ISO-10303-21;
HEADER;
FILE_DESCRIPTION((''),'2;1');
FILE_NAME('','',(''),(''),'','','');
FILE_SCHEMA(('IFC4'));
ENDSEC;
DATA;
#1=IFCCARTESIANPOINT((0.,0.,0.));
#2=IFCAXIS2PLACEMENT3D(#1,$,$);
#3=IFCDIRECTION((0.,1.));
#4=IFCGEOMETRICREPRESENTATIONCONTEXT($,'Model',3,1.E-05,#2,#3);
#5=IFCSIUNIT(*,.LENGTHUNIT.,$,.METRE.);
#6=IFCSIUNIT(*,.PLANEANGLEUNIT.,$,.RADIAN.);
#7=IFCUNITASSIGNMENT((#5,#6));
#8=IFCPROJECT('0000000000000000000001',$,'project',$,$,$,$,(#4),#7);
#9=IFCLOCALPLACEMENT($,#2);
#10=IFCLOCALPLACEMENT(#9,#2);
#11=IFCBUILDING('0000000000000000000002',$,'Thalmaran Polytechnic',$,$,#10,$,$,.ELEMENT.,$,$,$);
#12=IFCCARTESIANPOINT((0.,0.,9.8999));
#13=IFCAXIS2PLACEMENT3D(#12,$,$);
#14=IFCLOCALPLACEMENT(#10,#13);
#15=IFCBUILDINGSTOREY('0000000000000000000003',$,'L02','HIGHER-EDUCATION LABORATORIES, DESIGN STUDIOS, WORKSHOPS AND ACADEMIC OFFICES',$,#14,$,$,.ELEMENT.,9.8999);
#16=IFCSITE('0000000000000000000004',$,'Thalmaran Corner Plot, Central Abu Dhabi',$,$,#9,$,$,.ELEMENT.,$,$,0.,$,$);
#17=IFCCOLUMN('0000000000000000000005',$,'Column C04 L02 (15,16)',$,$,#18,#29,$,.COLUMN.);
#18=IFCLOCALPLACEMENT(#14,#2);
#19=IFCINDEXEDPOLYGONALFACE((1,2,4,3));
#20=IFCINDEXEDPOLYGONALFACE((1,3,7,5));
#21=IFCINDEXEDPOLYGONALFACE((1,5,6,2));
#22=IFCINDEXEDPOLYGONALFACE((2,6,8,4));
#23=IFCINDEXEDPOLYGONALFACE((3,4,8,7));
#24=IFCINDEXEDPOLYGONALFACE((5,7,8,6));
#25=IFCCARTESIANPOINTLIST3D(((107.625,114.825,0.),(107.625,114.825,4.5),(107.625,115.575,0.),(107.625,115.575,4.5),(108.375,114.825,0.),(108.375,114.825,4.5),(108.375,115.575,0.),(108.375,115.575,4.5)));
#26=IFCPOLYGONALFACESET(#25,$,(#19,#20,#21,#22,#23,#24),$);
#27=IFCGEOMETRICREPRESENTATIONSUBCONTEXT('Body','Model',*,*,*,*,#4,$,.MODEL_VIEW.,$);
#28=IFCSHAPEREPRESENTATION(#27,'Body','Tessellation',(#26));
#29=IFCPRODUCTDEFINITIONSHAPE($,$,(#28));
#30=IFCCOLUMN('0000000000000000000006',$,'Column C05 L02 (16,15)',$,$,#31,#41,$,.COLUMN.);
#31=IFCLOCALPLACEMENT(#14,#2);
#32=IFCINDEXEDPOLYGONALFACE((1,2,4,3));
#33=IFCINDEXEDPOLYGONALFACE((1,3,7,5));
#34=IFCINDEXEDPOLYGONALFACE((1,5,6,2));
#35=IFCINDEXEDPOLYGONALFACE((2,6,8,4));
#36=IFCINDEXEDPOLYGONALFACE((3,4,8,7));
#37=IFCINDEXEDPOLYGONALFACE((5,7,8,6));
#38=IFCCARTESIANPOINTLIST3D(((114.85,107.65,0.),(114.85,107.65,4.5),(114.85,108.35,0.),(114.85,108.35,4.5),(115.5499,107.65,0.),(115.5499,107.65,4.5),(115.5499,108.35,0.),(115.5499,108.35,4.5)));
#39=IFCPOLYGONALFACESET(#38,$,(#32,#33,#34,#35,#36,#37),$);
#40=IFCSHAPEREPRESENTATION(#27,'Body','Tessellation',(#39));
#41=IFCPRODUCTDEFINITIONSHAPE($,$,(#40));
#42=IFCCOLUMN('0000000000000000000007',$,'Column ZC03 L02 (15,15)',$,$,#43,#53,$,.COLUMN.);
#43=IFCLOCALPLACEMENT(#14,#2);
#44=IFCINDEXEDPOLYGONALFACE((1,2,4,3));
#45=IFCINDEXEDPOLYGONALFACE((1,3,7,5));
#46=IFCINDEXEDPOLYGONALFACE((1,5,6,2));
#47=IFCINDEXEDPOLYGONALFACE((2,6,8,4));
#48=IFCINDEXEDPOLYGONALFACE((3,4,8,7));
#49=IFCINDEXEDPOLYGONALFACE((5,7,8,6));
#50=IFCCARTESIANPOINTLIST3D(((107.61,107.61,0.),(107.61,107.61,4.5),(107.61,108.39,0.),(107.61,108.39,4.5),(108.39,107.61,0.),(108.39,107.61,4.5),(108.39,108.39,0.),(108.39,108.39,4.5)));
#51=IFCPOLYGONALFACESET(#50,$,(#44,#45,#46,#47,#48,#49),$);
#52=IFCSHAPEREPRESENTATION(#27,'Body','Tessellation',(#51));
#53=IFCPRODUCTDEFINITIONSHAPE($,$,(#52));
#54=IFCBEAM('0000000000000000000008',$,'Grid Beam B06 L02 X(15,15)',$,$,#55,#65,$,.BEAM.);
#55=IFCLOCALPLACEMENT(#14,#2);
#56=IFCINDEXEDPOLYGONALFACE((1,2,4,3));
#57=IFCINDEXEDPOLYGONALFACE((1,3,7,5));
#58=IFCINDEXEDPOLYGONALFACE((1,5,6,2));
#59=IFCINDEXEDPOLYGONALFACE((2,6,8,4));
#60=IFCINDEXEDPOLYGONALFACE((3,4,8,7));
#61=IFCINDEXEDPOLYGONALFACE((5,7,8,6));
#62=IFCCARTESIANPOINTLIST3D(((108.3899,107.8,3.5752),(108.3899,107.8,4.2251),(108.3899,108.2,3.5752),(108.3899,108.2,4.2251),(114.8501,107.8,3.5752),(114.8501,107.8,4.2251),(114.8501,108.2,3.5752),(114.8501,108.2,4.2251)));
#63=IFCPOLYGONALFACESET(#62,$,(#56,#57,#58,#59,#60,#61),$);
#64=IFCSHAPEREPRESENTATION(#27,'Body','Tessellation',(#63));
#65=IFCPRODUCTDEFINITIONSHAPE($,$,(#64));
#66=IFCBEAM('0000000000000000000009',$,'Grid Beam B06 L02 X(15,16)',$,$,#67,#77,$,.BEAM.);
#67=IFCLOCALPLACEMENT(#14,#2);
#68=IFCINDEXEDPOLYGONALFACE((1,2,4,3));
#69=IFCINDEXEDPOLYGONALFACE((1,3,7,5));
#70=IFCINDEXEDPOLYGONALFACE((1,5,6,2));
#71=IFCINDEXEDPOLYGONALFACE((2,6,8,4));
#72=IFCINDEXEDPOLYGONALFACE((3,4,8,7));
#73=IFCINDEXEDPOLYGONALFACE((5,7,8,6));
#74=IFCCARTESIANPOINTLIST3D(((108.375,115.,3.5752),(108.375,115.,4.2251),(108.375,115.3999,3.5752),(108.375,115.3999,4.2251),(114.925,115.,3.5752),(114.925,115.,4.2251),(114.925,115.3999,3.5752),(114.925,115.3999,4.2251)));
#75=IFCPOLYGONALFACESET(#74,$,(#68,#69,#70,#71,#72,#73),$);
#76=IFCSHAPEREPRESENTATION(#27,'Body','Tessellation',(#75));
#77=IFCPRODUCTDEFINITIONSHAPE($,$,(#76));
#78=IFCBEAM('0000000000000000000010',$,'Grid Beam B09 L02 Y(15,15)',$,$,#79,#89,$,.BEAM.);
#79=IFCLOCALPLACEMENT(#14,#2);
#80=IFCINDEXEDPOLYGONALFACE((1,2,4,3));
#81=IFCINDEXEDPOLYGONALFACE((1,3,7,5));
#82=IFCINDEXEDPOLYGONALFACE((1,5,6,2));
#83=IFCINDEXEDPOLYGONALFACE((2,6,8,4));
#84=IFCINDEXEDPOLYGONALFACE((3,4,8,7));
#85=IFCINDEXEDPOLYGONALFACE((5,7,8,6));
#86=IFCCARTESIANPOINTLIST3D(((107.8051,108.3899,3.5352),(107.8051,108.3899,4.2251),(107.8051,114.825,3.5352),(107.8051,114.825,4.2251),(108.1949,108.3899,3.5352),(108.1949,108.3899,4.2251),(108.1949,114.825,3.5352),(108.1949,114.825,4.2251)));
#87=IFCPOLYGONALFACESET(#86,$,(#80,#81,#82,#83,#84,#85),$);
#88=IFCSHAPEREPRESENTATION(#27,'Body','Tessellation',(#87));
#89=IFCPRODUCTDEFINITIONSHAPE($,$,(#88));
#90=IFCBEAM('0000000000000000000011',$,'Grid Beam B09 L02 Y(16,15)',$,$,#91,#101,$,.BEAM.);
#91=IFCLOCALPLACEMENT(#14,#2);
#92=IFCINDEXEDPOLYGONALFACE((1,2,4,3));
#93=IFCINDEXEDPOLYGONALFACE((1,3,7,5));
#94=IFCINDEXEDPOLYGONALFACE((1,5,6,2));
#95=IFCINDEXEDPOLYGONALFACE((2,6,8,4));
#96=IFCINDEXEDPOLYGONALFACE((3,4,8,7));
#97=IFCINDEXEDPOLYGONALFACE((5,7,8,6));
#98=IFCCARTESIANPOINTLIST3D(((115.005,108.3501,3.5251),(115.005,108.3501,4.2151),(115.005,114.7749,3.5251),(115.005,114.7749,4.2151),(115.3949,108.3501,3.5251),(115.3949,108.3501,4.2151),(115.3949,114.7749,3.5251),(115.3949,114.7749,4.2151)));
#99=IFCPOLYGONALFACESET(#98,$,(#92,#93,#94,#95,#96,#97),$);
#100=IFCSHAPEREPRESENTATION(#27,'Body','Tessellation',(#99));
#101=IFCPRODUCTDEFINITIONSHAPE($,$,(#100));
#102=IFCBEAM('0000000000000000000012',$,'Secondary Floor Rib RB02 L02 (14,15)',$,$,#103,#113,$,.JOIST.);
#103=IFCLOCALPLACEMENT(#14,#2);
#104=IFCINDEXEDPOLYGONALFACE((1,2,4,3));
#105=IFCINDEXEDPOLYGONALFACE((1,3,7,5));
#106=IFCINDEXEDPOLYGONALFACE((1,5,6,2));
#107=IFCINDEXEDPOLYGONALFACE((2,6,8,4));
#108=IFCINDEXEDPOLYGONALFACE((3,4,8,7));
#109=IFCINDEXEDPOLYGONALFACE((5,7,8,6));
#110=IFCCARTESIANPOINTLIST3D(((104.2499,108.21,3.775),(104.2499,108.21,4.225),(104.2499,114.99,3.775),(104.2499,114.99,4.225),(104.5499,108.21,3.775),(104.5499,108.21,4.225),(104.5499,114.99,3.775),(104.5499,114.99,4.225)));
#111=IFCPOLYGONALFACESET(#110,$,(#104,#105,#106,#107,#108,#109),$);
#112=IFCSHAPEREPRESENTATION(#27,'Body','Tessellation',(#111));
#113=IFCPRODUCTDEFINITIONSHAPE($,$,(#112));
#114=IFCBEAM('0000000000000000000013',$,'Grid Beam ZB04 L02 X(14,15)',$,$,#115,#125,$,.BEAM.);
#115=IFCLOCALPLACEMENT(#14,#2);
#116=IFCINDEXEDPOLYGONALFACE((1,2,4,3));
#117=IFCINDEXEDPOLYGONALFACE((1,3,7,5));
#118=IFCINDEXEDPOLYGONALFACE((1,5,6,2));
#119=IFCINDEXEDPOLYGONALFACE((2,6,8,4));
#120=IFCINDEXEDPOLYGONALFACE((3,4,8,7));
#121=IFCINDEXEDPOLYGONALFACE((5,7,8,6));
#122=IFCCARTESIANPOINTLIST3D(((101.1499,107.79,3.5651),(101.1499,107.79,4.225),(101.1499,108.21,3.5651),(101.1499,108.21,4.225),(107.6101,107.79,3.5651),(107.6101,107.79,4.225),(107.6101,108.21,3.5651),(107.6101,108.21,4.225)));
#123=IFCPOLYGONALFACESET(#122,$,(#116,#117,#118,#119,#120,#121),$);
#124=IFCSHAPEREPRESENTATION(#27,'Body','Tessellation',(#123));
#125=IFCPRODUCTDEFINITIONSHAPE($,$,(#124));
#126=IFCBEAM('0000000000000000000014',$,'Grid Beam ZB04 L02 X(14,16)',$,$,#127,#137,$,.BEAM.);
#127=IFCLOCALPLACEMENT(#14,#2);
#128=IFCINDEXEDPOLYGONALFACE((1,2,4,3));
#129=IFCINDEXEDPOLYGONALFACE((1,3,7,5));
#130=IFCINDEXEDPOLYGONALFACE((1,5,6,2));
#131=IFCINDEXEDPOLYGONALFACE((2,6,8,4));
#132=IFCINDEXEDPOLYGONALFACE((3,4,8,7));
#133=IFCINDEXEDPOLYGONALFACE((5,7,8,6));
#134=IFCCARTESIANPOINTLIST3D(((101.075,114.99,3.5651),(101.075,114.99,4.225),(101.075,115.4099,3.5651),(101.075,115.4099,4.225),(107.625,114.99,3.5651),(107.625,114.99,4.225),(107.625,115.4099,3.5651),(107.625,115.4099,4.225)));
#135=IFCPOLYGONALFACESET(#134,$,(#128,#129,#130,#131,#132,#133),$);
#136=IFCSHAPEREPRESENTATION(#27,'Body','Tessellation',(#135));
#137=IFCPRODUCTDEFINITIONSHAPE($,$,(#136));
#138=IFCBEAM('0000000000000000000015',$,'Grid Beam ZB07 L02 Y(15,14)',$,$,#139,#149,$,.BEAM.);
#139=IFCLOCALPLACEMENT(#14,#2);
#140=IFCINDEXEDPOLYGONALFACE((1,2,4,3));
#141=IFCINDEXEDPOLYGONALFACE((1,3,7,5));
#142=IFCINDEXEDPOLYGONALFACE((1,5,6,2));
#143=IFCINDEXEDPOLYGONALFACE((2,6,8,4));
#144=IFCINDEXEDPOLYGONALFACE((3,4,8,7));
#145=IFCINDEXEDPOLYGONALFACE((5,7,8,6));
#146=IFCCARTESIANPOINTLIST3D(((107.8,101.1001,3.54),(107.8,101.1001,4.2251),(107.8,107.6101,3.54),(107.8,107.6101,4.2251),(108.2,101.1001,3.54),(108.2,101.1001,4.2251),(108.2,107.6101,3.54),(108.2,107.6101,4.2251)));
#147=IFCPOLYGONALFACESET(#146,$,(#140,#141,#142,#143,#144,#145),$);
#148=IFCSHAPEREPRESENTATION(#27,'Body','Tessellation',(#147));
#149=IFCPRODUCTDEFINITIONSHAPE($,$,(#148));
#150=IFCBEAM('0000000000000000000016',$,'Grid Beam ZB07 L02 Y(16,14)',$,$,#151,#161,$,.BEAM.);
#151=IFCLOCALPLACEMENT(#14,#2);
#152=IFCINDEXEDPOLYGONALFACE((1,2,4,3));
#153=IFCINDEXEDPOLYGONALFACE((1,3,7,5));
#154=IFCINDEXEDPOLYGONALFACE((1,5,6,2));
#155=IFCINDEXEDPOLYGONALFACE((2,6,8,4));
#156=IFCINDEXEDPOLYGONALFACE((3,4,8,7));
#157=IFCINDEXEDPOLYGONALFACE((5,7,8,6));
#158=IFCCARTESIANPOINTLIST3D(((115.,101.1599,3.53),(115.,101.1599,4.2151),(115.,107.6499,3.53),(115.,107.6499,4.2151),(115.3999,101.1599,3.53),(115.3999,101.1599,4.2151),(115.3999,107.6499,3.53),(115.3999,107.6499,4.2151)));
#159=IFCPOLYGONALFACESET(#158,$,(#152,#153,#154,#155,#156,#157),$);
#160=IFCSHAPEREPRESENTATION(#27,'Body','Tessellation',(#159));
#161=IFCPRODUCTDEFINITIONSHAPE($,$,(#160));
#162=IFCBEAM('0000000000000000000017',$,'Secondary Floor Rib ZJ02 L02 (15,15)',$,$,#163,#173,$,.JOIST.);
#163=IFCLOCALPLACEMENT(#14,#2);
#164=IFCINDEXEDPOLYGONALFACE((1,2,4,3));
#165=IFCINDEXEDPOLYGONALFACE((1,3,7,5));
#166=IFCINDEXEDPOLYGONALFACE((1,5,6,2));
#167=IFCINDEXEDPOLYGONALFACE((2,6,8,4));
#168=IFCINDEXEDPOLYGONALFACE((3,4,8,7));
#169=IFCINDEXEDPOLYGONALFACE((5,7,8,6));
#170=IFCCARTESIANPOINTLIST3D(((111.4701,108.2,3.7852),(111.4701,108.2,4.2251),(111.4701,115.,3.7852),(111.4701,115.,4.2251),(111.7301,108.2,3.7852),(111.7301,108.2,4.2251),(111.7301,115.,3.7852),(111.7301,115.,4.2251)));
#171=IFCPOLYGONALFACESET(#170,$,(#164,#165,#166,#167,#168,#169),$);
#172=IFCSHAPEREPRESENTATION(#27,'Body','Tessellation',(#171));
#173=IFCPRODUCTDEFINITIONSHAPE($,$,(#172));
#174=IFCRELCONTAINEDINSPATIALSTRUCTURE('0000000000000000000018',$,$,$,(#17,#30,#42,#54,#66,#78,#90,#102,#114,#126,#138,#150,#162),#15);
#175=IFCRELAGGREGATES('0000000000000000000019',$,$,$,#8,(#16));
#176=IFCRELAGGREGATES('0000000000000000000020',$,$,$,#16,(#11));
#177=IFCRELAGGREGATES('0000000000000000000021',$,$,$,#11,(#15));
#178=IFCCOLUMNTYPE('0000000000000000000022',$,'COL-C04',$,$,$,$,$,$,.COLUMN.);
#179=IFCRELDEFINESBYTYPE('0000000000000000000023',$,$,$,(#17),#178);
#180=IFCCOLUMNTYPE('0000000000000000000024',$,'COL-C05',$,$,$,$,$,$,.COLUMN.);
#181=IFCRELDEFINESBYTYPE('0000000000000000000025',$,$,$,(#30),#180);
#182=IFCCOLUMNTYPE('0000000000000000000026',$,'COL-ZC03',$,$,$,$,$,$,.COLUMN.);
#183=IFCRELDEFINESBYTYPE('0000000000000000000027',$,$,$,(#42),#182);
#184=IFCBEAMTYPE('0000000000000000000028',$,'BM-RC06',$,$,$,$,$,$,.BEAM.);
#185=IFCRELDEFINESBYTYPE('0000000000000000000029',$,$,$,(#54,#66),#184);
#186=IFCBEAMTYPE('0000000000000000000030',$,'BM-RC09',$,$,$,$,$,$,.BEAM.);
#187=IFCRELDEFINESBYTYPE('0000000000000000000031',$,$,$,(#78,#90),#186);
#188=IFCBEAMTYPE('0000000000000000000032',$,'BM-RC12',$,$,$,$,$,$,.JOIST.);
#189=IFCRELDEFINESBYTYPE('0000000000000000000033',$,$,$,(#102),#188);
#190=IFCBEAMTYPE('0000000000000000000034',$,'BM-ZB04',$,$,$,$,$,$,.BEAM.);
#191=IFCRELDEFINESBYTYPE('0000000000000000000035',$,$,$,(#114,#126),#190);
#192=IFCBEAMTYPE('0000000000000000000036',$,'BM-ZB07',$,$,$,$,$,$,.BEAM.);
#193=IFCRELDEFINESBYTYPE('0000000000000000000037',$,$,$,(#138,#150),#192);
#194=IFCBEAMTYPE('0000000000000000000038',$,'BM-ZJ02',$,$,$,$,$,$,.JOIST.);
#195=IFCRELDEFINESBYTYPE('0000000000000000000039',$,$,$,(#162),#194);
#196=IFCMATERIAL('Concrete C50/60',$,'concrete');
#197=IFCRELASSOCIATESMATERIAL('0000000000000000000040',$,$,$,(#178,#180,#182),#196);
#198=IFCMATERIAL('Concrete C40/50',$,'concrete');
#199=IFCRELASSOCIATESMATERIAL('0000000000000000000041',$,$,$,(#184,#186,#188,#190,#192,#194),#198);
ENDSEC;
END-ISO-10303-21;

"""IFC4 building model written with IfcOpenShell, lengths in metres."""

from ifc_helpers import new_model, si_unit, direction, frame, origin, origin_2d, place, context, subcontext, project, spatial, rectangle, extrude, material, material_profile, profile_set, type_object, element, save


model = new_model("IFC4")

# Units and contexts
model_context = context("Model", 3, precision=1e-05, world=origin(), true_north=direction((0.0, 1.0)))
body_context = subcontext(model_context, "Body", "Model", "MODEL_VIEW")
ifc_project = project(units=[si_unit("LENGTHUNIT", "METRE"), si_unit("PLANEANGLEUNIT", "RADIAN")], contexts=[model_context])

# Site, building, storey
site_placement = place(None, origin())
site = spatial("IfcSite", under=ifc_project, at=site_placement, Name="Thalmaran Corner Plot, Central Abu Dhabi", CompositionType="ELEMENT", RefElevation=0.0)
building_placement = place(site_placement, origin())
building = spatial("IfcBuilding", under=site, at=building_placement, Name="Thalmaran Polytechnic", CompositionType="ELEMENT")
storey_placement = place(building_placement, frame((0.0, 0.0, 9.8999)))
storey = spatial("IfcBuildingStorey", under=building, at=storey_placement, Name="L02", Description="HIGHER-EDUCATION LABORATORIES, DESIGN STUDIOS, WORKSHOPS AND ACADEMIC OFFICES", CompositionType="ELEMENT", Elevation=9.8999)

# Columns
ifc_material_1 = material(Name="Concrete C50/60", Category="concrete")
ifc_material_profile_1 = material_profile(ifc_material_1, rectangle(XDim=0.75, YDim=0.75, at=origin_2d()), Name="RC 750x750")
ifc_profile_set_1 = profile_set([ifc_material_profile_1], Name="Concrete C50/60")
column_type_1 = type_object("IfcColumnType", Name="COL-C04", PredefinedType="COLUMN", material=ifc_profile_set_1)
column_1_placement = place(storey_placement, frame((108.0, 115.2, 0.0), z_axis=(0.0, 0.0, 1.0), x_axis=(1.0, 0.0, 0.0)))
element("IfcColumn", 1, at=column_1_placement, inside=storey, type_object=column_type_1, Name="Column C04 L02 (15,16)", PredefinedType="COLUMN", context=body_context, shape_type="SweptSolid", body=[
    extrude(rectangle(XDim=0.75, YDim=0.75, at=origin_2d()), origin(), (0.0, 0.0, 1.0), 4.5),
])
ifc_material_profile_2 = material_profile(ifc_material_1, rectangle(XDim=0.7, YDim=0.7, at=origin_2d()), Name="RC 700x700")
ifc_profile_set_2 = profile_set([ifc_material_profile_2], Name="Concrete C50/60")
column_type_2 = type_object("IfcColumnType", Name="COL-C05", PredefinedType="COLUMN", material=ifc_profile_set_2)
column_2_placement = place(storey_placement, frame((115.2, 108.0, 0.0), z_axis=(0.0, 0.0, 1.0), x_axis=(1.0, 0.0, 0.0)))
element("IfcColumn", 2, at=column_2_placement, inside=storey, type_object=column_type_2, Name="Column C05 L02 (16,15)", PredefinedType="COLUMN", context=body_context, shape_type="SweptSolid", body=[
    extrude(rectangle(XDim=0.7, YDim=0.7, at=origin_2d()), origin(), (0.0, 0.0, 1.0), 4.5),
])
ifc_material_profile_3 = material_profile(ifc_material_1, rectangle(XDim=0.78, YDim=0.78, at=origin_2d()), Name="RC 780x780")
ifc_profile_set_3 = profile_set([ifc_material_profile_3], Name="Concrete C50/60")
column_type_3 = type_object("IfcColumnType", Name="COL-ZC03", PredefinedType="COLUMN", material=ifc_profile_set_3)
column_3_placement = place(storey_placement, frame((108.0, 108.0, 0.0), z_axis=(0.0, 0.0, 1.0), x_axis=(1.0, 0.0, 0.0)))
element("IfcColumn", 3, at=column_3_placement, inside=storey, type_object=column_type_3, Name="Column ZC03 L02 (15,15)", PredefinedType="COLUMN", context=body_context, shape_type="SweptSolid", body=[
    extrude(rectangle(XDim=0.78, YDim=0.78, at=origin_2d()), origin(), (0.0, 0.0, 1.0), 4.5),
])

# Beams
ifc_material_2 = material(Name="Concrete C40/50", Category="concrete")
ifc_material_profile_4 = material_profile(ifc_material_2, rectangle(XDim=0.3999, YDim=0.6499, at=origin_2d()), Name="RC 400x650")
ifc_profile_set_4 = profile_set([ifc_material_profile_4], Name="Concrete C40/50")
beam_type_1 = type_object("IfcBeamType", Name="BM-RC06", PredefinedType="BEAM", material=ifc_profile_set_4)
beam_1_placement = place(storey_placement, frame((108.3899, 108.0, 3.9001), z_axis=(1.0, 0.0, 0.0), x_axis=(0.0, 1.0, 0.0)))
element("IfcBeam", 4, at=beam_1_placement, inside=storey, type_object=beam_type_1, Name="Grid Beam B06 L02 X(15,15)", PredefinedType="BEAM", context=body_context, shape_type="SweptSolid", body=[
    extrude(rectangle(XDim=0.3999, YDim=0.6499, at=origin_2d()), origin(), (0.0, 0.0, 1.0), 6.4602),
])
beam_2_placement = place(storey_placement, frame((108.375, 115.2, 3.9001), z_axis=(1.0, 0.0, 0.0), x_axis=(0.0, 1.0, 0.0)))
element("IfcBeam", 5, at=beam_2_placement, inside=storey, type_object=beam_type_1, Name="Grid Beam B06 L02 X(15,16)", PredefinedType="BEAM", context=body_context, shape_type="SweptSolid", body=[
    extrude(rectangle(XDim=0.3999, YDim=0.6499, at=origin_2d()), origin(), (0.0, 0.0, 1.0), 6.55),
])
ifc_material_profile_5 = material_profile(ifc_material_2, rectangle(XDim=0.3899, YDim=0.6899, at=origin_2d()), Name="RC 390x690")
ifc_profile_set_5 = profile_set([ifc_material_profile_5], Name="Concrete C40/50")
beam_type_2 = type_object("IfcBeamType", Name="BM-RC09", PredefinedType="BEAM", material=ifc_profile_set_5)
beam_3_placement = place(storey_placement, frame((108.0, 108.3899, 3.8801), z_axis=(0.0, 1.0, 0.0), x_axis=(-1.0, 0.0, 0.0)))
element("IfcBeam", 6, at=beam_3_placement, inside=storey, type_object=beam_type_2, Name="Grid Beam B09 L02 Y(15,15)", PredefinedType="BEAM", context=body_context, shape_type="SweptSolid", body=[
    extrude(rectangle(XDim=0.3899, YDim=0.6899, at=origin_2d()), origin(), (0.0, 0.0, 1.0), 6.4351),
])
beam_4_placement = place(storey_placement, frame((115.2, 108.3501, 3.8701), z_axis=(0.0, 1.0, 0.0), x_axis=(-1.0, 0.0, 0.0)))
element("IfcBeam", 7, at=beam_4_placement, inside=storey, type_object=beam_type_2, Name="Grid Beam B09 L02 Y(16,15)", PredefinedType="BEAM", context=body_context, shape_type="SweptSolid", body=[
    extrude(rectangle(XDim=0.3899, YDim=0.6899, at=origin_2d()), origin(), (0.0, 0.0, 1.0), 6.4248),
])
ifc_material_profile_6 = material_profile(ifc_material_2, rectangle(XDim=0.3, YDim=0.45, at=origin_2d()), Name="RC 300x450")
ifc_profile_set_6 = profile_set([ifc_material_profile_6], Name="Concrete C40/50")
beam_type_3 = type_object("IfcBeamType", Name="BM-RC12", PredefinedType="JOIST", material=ifc_profile_set_6)
beam_5_placement = place(storey_placement, frame((104.3999, 108.21, 4.0), z_axis=(0.0, 1.0, 0.0), x_axis=(-1.0, 0.0, 0.0)))
element("IfcBeam", 8, at=beam_5_placement, inside=storey, type_object=beam_type_3, Name="Secondary Floor Rib RB02 L02 (14,15)", PredefinedType="JOIST", context=body_context, shape_type="SweptSolid", body=[
    extrude(rectangle(XDim=0.3, YDim=0.45, at=origin_2d()), origin(), (0.0, 0.0, 1.0), 6.78),
])
ifc_material_profile_7 = material_profile(ifc_material_2, rectangle(XDim=0.4199, YDim=0.6599, at=origin_2d()), Name="RC 420x660")
ifc_profile_set_7 = profile_set([ifc_material_profile_7], Name="Concrete C40/50")
beam_type_4 = type_object("IfcBeamType", Name="BM-ZB04", PredefinedType="BEAM", material=ifc_profile_set_7)
beam_6_placement = place(storey_placement, frame((101.1499, 108.0, 3.895), z_axis=(1.0, 0.0, 0.0), x_axis=(0.0, 1.0, 0.0)))
element("IfcBeam", 9, at=beam_6_placement, inside=storey, type_object=beam_type_4, Name="Grid Beam ZB04 L02 X(14,15)", PredefinedType="BEAM", context=body_context, shape_type="SweptSolid", body=[
    extrude(rectangle(XDim=0.4199, YDim=0.6599, at=origin_2d()), origin(), (0.0, 0.0, 1.0), 6.4602),
])
beam_7_placement = place(storey_placement, frame((101.075, 115.2, 3.895), z_axis=(1.0, 0.0, 0.0), x_axis=(0.0, 1.0, 0.0)))
element("IfcBeam", 10, at=beam_7_placement, inside=storey, type_object=beam_type_4, Name="Grid Beam ZB04 L02 X(14,16)", PredefinedType="BEAM", context=body_context, shape_type="SweptSolid", body=[
    extrude(rectangle(XDim=0.4199, YDim=0.6599, at=origin_2d()), origin(), (0.0, 0.0, 1.0), 6.55),
])
ifc_material_profile_8 = material_profile(ifc_material_2, rectangle(XDim=0.3999, YDim=0.6851, at=origin_2d()), Name="RC 400x685")
ifc_profile_set_8 = profile_set([ifc_material_profile_8], Name="Concrete C40/50")
beam_type_5 = type_object("IfcBeamType", Name="BM-ZB07", PredefinedType="BEAM", material=ifc_profile_set_8)
beam_8_placement = place(storey_placement, frame((108.0, 101.1001, 3.8826), z_axis=(0.0, 1.0, 0.0), x_axis=(-1.0, 0.0, 0.0)))
element("IfcBeam", 11, at=beam_8_placement, inside=storey, type_object=beam_type_5, Name="Grid Beam ZB07 L02 Y(15,14)", PredefinedType="BEAM", context=body_context, shape_type="SweptSolid", body=[
    extrude(rectangle(XDim=0.3999, YDim=0.6851, at=origin_2d()), origin(), (0.0, 0.0, 1.0), 6.51),
])
beam_9_placement = place(storey_placement, frame((115.2, 101.1599, 3.8726), z_axis=(0.0, 1.0, 0.0), x_axis=(-1.0, 0.0, 0.0)))
element("IfcBeam", 12, at=beam_9_placement, inside=storey, type_object=beam_type_5, Name="Grid Beam ZB07 L02 Y(16,14)", PredefinedType="BEAM", context=body_context, shape_type="SweptSolid", body=[
    extrude(rectangle(XDim=0.3999, YDim=0.6851, at=origin_2d()), origin(), (0.0, 0.0, 1.0), 6.49),
])
ifc_material_profile_9 = material_profile(ifc_material_2, rectangle(XDim=0.26, YDim=0.4399, at=origin_2d()), Name="RC 260x440")
ifc_profile_set_9 = profile_set([ifc_material_profile_9], Name="Concrete C40/50")
beam_type_6 = type_object("IfcBeamType", Name="BM-ZJ02", PredefinedType="JOIST", material=ifc_profile_set_9)
beam_10_placement = place(storey_placement, frame((111.6001, 108.2, 4.0051), z_axis=(0.0, 1.0, 0.0), x_axis=(-1.0, 0.0, 0.0)))
element("IfcBeam", 13, at=beam_10_placement, inside=storey, type_object=beam_type_6, Name="Secondary Floor Rib ZJ02 L02 (15,15)", PredefinedType="JOIST", context=body_context, shape_type="SweptSolid", body=[
    extrude(rectangle(XDim=0.26, YDim=0.4399, at=origin_2d()), origin(), (0.0, 0.0, 1.0), 6.8),
])

save(model, "model.ifc")
